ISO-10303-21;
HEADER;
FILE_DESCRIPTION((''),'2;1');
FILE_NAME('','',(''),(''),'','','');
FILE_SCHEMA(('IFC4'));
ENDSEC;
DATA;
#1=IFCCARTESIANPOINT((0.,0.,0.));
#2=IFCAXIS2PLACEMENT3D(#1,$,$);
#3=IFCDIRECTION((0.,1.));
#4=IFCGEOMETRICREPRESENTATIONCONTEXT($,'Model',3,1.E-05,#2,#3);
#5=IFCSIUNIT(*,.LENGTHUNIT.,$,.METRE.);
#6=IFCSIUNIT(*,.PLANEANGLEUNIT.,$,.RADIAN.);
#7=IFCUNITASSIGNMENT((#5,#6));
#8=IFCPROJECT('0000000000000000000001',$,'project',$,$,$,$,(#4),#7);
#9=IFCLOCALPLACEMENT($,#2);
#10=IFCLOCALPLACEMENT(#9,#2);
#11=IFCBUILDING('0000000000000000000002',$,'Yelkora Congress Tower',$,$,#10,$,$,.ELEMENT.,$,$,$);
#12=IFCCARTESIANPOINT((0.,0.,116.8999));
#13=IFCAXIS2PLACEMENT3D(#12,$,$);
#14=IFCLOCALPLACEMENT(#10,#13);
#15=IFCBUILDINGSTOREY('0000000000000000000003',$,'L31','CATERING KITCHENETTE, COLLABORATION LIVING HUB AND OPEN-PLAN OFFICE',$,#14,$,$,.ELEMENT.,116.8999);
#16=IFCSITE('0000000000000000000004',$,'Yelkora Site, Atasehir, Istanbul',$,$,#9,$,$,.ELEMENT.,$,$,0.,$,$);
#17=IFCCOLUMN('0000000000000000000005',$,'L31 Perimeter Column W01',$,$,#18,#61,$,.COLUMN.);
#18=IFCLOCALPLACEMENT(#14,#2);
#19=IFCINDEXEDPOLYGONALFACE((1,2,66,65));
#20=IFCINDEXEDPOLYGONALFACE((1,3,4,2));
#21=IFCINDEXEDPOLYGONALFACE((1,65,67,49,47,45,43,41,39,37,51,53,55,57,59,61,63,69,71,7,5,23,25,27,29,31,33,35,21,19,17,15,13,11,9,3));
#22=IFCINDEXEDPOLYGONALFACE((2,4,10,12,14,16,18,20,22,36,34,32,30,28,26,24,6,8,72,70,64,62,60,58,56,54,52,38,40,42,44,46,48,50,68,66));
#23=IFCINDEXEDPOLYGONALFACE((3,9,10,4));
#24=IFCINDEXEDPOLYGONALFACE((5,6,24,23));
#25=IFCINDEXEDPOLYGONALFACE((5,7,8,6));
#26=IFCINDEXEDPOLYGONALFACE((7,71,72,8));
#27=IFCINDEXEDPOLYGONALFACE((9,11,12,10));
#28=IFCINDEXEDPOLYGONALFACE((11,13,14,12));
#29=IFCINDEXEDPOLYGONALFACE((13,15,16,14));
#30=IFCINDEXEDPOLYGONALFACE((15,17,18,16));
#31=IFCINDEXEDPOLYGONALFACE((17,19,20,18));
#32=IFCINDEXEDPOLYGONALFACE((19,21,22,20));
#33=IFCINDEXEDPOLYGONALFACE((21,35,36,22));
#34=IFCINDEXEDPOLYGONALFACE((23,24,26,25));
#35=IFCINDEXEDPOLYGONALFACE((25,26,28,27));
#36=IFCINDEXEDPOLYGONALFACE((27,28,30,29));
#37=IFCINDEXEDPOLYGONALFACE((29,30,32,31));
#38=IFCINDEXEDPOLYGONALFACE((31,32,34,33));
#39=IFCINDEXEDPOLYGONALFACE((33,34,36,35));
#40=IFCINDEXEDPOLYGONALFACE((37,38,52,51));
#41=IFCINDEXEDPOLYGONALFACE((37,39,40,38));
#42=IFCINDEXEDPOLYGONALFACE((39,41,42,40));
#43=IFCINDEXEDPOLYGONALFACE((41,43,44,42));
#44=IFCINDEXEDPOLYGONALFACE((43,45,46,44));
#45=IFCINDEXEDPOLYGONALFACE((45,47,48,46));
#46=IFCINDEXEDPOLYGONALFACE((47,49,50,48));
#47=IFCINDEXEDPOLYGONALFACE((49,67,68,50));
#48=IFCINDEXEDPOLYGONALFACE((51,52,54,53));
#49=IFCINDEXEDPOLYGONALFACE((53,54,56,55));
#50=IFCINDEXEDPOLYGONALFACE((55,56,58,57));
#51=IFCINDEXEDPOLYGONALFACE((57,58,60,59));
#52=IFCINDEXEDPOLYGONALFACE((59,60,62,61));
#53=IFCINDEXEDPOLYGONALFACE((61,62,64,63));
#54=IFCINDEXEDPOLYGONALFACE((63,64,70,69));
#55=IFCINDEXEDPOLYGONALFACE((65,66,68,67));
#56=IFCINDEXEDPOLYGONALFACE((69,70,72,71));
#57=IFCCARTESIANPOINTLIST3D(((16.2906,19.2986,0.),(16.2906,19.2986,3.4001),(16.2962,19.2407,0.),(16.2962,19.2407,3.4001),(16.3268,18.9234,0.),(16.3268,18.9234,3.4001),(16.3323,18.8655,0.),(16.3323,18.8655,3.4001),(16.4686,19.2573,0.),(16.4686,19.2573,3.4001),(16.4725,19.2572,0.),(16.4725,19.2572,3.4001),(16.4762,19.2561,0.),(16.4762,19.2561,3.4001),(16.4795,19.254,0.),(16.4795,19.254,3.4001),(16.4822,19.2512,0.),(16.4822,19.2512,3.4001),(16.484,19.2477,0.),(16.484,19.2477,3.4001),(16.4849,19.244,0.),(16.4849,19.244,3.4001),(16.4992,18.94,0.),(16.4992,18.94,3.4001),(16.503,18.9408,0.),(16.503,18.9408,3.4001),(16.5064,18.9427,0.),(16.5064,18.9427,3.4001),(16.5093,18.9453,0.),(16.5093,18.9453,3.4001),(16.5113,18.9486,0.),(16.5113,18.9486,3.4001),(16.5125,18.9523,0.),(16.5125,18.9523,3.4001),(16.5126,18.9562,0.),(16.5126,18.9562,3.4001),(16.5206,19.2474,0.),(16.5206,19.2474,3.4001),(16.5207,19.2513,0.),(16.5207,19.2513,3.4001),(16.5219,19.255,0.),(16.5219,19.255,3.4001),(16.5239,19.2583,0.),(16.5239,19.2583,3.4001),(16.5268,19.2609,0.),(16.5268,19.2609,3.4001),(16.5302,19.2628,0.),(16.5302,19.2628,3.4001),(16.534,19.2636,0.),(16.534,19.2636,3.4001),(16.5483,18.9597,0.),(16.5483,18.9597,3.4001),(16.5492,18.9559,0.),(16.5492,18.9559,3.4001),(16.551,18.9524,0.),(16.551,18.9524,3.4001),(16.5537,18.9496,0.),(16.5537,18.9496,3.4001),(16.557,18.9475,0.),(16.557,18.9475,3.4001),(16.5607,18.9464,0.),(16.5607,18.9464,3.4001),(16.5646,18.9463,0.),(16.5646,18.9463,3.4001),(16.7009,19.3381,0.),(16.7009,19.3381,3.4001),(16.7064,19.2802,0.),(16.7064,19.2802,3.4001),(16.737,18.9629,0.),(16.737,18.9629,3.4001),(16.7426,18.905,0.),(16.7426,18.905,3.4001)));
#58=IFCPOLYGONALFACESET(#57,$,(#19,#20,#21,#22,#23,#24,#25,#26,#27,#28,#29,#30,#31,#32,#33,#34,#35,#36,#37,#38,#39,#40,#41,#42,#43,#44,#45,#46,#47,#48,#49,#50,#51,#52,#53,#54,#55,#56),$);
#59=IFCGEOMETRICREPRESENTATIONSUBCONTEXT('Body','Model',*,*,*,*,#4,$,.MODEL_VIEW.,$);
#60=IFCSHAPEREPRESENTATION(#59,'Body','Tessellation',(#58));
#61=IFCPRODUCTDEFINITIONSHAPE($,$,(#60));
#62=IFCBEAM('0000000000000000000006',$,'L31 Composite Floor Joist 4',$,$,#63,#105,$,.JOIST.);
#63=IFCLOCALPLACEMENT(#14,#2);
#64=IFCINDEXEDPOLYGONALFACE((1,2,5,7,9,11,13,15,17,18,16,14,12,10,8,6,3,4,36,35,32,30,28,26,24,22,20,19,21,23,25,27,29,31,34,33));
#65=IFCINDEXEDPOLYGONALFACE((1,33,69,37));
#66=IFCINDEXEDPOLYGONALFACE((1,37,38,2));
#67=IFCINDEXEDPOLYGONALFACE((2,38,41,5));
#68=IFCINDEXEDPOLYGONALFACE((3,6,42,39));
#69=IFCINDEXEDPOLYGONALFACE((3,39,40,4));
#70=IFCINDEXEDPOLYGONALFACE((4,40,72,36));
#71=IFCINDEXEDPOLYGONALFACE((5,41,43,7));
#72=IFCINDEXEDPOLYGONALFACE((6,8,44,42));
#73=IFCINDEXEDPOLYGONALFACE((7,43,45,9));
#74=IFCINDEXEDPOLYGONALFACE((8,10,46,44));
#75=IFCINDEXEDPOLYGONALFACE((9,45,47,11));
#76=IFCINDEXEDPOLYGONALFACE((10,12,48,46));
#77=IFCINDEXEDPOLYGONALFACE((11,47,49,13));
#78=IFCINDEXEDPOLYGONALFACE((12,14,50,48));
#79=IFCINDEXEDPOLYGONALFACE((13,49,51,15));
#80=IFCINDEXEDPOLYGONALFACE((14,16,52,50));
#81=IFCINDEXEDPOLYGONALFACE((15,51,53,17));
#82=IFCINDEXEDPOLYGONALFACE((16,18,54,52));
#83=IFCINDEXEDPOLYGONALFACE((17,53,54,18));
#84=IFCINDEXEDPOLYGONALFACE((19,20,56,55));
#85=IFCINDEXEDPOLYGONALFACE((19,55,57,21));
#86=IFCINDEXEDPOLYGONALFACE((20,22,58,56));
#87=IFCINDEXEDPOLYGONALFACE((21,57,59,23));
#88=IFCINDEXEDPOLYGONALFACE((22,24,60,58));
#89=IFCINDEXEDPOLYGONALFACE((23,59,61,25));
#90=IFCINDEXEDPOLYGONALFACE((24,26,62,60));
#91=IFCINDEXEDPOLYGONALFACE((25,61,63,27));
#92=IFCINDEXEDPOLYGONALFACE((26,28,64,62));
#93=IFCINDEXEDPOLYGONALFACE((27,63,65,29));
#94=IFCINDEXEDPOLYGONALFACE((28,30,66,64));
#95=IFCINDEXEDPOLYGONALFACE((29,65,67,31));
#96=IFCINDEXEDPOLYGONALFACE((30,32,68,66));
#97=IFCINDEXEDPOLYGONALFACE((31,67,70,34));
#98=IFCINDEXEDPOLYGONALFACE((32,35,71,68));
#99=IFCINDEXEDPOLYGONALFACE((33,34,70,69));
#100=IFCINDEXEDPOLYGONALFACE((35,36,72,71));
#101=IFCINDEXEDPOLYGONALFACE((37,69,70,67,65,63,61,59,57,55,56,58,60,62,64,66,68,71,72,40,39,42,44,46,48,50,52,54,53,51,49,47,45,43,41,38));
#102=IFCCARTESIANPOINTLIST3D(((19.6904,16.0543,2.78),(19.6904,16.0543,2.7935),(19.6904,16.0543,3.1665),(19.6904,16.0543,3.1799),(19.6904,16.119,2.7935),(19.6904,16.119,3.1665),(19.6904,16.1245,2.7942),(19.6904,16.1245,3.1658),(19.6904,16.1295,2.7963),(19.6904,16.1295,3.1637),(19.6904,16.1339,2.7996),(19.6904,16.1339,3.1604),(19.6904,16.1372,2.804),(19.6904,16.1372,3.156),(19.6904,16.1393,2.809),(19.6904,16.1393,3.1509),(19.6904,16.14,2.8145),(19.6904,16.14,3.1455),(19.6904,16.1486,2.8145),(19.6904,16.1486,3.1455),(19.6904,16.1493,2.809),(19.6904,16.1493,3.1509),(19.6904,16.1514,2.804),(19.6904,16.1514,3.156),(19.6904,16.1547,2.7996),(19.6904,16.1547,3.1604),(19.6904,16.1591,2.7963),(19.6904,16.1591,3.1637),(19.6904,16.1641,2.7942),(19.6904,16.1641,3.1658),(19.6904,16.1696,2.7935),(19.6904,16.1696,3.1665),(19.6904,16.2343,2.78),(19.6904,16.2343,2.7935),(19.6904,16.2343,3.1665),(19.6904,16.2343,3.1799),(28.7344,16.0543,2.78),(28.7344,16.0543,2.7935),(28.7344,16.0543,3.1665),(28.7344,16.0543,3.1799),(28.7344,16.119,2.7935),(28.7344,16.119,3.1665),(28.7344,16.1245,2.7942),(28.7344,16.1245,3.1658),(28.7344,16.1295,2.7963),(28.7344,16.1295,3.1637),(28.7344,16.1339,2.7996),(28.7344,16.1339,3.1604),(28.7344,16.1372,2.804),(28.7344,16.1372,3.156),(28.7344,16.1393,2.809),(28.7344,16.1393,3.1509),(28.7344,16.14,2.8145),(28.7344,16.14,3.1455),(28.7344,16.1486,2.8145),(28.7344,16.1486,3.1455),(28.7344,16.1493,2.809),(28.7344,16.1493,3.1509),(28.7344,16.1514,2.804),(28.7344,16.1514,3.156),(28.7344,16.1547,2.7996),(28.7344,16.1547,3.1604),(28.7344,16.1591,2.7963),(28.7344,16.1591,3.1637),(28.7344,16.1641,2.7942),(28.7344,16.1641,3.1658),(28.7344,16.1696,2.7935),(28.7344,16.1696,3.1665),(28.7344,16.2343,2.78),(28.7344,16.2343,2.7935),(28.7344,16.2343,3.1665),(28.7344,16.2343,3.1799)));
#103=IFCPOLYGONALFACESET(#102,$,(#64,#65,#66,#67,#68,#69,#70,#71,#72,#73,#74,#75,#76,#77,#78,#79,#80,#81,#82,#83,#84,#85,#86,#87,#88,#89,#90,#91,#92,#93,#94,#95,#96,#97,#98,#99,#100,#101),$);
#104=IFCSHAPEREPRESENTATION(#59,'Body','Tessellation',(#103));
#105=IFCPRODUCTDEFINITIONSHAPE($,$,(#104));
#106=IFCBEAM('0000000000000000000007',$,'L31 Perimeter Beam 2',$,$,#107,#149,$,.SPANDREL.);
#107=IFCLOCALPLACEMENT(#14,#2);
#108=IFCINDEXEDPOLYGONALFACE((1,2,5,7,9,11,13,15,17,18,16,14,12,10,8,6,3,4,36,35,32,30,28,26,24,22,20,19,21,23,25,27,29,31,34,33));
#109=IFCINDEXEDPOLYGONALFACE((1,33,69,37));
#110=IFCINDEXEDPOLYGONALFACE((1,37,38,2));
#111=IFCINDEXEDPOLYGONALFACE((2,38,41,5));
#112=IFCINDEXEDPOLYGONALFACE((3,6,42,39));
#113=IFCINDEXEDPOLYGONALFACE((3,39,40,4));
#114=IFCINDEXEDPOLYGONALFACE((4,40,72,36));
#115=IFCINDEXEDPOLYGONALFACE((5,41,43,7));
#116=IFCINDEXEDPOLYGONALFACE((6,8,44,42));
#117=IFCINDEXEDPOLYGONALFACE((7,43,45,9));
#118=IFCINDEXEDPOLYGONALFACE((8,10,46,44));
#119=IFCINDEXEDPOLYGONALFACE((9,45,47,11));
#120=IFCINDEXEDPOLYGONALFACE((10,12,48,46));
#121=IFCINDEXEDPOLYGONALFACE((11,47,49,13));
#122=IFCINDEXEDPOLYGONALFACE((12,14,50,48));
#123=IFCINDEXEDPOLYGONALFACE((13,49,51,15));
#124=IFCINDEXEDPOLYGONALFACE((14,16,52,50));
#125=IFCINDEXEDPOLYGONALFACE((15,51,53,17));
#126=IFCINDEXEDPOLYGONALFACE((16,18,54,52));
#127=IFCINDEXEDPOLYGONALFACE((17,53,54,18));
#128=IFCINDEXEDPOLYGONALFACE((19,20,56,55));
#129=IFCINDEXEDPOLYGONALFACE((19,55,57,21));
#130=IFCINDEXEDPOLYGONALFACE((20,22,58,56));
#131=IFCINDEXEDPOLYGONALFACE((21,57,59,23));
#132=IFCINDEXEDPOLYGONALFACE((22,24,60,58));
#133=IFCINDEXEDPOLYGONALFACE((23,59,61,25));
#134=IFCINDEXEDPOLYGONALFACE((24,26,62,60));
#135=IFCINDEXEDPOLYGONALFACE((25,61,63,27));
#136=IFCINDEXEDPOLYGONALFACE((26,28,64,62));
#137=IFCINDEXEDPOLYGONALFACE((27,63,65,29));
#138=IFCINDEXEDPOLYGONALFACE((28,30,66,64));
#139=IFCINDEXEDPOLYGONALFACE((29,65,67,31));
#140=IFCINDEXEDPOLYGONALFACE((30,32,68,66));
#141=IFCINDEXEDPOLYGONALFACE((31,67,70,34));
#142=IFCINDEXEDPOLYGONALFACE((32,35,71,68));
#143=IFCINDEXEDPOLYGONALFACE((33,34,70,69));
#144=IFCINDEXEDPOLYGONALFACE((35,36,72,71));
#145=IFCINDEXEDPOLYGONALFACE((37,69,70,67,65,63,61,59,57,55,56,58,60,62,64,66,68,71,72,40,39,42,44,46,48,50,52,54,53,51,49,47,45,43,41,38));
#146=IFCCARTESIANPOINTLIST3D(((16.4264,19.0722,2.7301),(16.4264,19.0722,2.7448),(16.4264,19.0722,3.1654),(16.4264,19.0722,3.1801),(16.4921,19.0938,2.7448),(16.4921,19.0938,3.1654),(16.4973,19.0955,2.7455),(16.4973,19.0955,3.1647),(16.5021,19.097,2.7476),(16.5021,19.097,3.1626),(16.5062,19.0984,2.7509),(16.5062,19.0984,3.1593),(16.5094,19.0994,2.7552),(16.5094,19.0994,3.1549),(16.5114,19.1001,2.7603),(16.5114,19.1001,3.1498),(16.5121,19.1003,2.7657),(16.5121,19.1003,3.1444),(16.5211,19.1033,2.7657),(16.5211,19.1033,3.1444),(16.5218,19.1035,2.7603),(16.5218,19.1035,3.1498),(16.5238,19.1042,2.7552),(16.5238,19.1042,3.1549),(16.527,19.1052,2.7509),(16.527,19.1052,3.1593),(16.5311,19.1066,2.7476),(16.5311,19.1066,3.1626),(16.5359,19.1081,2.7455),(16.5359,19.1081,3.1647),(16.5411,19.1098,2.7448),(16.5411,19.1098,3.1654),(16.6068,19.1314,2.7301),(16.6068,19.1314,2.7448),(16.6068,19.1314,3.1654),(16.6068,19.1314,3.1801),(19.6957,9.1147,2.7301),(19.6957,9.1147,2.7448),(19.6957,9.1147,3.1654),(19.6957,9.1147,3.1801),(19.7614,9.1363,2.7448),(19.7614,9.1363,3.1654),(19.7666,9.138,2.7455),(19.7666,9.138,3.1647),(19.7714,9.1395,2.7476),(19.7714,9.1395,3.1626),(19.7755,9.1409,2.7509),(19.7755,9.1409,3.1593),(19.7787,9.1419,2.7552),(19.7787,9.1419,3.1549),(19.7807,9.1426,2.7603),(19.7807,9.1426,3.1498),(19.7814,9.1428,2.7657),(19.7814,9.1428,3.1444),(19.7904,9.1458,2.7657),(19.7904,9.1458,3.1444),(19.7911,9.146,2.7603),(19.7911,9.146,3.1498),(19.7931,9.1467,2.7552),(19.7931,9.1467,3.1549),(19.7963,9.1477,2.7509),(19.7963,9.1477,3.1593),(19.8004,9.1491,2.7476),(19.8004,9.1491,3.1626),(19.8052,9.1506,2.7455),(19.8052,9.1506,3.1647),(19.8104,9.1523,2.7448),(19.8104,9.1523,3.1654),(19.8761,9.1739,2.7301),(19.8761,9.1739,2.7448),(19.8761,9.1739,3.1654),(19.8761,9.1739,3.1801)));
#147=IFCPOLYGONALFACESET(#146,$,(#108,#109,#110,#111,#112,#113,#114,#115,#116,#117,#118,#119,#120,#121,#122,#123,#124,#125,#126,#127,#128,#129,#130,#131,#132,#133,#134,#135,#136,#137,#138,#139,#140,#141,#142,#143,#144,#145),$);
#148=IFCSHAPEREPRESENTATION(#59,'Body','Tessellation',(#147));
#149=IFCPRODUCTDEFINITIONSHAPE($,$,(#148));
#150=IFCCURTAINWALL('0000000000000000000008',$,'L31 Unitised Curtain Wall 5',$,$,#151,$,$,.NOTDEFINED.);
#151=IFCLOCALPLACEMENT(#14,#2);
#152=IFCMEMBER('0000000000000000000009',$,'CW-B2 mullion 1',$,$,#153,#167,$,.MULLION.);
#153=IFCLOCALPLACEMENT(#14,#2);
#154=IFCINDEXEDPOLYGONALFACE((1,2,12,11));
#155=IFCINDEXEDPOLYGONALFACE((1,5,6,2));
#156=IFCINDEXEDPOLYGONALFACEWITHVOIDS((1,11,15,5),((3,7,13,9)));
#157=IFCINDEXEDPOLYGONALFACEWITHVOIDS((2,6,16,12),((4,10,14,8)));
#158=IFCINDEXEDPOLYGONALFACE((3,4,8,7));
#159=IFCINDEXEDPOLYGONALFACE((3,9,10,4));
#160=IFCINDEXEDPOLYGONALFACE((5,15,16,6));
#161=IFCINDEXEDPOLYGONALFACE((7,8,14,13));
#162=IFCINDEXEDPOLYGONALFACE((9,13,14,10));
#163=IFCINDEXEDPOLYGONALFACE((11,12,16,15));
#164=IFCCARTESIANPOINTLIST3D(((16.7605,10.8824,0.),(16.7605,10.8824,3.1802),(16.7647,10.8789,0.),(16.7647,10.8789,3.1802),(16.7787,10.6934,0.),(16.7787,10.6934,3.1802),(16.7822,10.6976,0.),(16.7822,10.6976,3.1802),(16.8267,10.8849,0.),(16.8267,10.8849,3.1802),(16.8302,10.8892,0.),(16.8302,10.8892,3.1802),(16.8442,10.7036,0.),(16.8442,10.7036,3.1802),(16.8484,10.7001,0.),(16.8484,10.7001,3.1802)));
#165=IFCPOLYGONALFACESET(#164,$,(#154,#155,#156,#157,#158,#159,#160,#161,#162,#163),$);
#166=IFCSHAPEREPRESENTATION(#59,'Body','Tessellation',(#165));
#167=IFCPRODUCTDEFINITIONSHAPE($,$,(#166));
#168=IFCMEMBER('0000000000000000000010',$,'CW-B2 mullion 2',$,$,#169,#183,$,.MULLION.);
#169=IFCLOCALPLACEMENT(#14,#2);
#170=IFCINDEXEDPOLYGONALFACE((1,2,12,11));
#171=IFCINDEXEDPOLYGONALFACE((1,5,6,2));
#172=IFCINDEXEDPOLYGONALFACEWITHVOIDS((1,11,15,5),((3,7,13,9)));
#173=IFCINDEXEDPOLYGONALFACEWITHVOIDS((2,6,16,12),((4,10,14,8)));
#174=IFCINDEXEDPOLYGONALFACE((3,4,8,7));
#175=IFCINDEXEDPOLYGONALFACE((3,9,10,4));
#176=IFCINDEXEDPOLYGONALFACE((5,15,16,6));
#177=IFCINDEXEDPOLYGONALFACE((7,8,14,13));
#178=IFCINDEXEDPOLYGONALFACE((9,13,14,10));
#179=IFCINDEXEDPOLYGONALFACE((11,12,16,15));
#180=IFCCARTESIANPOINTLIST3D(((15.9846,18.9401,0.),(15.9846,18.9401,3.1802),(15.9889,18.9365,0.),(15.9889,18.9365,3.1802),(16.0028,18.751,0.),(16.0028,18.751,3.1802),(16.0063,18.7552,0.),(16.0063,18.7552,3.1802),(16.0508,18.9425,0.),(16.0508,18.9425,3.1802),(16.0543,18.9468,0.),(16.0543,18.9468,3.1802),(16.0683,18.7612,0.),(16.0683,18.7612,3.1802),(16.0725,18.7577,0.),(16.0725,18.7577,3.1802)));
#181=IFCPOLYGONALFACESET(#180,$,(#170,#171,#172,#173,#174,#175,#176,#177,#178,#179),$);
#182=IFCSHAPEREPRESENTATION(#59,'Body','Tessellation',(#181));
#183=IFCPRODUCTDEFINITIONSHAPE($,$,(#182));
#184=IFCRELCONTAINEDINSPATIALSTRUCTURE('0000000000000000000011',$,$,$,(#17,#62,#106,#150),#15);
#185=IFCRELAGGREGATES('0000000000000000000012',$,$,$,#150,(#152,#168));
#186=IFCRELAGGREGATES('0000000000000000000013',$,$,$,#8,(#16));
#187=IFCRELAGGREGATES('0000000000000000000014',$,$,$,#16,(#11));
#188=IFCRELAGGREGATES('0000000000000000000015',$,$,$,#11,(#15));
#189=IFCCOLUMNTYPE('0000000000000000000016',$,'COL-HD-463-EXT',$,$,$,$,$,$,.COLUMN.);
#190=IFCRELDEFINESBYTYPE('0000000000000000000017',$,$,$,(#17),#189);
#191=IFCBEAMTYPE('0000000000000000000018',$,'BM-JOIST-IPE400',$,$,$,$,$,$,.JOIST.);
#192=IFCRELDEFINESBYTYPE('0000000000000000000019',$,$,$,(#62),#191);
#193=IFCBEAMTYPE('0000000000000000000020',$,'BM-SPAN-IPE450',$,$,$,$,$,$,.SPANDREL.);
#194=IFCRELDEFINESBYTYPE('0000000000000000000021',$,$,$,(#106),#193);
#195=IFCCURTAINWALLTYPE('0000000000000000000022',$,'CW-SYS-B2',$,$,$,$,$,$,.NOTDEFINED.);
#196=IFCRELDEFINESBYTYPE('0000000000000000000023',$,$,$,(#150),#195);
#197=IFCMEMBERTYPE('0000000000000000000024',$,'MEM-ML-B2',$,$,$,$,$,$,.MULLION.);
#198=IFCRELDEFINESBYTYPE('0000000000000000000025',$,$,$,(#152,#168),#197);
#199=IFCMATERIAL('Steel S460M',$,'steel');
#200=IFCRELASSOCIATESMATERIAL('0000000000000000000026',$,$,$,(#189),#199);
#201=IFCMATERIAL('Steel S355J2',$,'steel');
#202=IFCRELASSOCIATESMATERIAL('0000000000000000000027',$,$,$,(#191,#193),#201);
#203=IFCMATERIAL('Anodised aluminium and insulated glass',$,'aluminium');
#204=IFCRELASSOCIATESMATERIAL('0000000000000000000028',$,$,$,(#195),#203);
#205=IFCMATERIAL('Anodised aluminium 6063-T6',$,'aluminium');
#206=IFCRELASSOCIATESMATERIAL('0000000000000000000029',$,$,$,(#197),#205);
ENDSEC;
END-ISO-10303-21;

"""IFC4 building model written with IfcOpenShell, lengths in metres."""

from ifc_helpers import new_model, si_unit, direction, frame, origin, origin_2d, place, context, subcontext, project, spatial, hollow_rectangle, i_section, extrude, material, material_profile, profile_set, type_object, element, aggregate, save


model = new_model("IFC4")

# Units and contexts
model_context = context("Model", 3, precision=1e-05, world=origin(), true_north=direction((0.0, 1.0)))
body_context = subcontext(model_context, "Body", "Model", "MODEL_VIEW")
ifc_project = project(units=[si_unit("LENGTHUNIT", "METRE"), si_unit("PLANEANGLEUNIT", "RADIAN")], contexts=[model_context])

# Site, building, storey
site_placement = place(None, origin())
site = spatial("IfcSite", under=ifc_project, at=site_placement, Name="Yelkora Site, Atasehir, Istanbul", CompositionType="ELEMENT", RefElevation=0.0)
building_placement = place(site_placement, origin())
building = spatial("IfcBuilding", under=site, at=building_placement, Name="Yelkora Congress Tower", CompositionType="ELEMENT")
storey_placement = place(building_placement, frame((0.0, 0.0, 116.8999)))
storey = spatial("IfcBuildingStorey", under=building, at=storey_placement, Name="L31", Description="CATERING KITCHENETTE, COLLABORATION LIVING HUB AND OPEN-PLAN OFFICE", CompositionType="ELEMENT", Elevation=116.8999)

# Column
ifc_material_1 = material(Name="Steel S460M", Category="steel")
ifc_material_profile_1 = material_profile(ifc_material_1, i_section(OverallWidth=0.4121, OverallDepth=0.4351, WebThickness=0.0359, FlangeThickness=0.0581, FilletRadius=0.0149, at=origin_2d()), Name="HD 400x463")
ifc_profile_set_1 = profile_set([ifc_material_profile_1], Name="Steel S460M")
column_type = type_object("IfcColumnType", Name="COL-HD-463-EXT", PredefinedType="COLUMN", material=ifc_profile_set_1)
column_placement = place(storey_placement, frame((16.5166, 19.1018, 0.0), z_axis=(0.0, 0.0, 1.0), x_axis=(0.995396, 0.095846, 0.0)))
element("IfcColumn", 1, at=column_placement, inside=storey, type_object=column_type, Name="L31 Perimeter Column W01", PredefinedType="COLUMN", context=body_context, shape_type="SweptSolid", body=[
    extrude(i_section(OverallWidth=0.4121, OverallDepth=0.4351, WebThickness=0.0359, FlangeThickness=0.0581, FilletRadius=0.0149, at=origin_2d()), origin(), (0.0, 0.0, 1.0), 3.4001),
])

# Beams
ifc_material_2 = material(Name="Steel S355J2", Category="steel")
ifc_material_profile_2 = material_profile(ifc_material_2, i_section(OverallWidth=0.1799, OverallDepth=0.3999, WebThickness=0.0085, FlangeThickness=0.0134, FilletRadius=0.021, at=origin_2d()), Name="IPE 400")
ifc_profile_set_2 = profile_set([ifc_material_profile_2], Name="Steel S355J2")
beam_type_1 = type_object("IfcBeamType", Name="BM-JOIST-IPE400", PredefinedType="JOIST", material=ifc_profile_set_2)
beam_1_placement = place(storey_placement, frame((19.6904, 16.1443, 2.98), z_axis=(1.0, 0.0, 0.0), x_axis=(0.0, 1.0, 0.0)))
element("IfcBeam", 2, at=beam_1_placement, inside=storey, type_object=beam_type_1, Name="L31 Composite Floor Joist 4", PredefinedType="JOIST", context=body_context, shape_type="SweptSolid", body=[
    extrude(i_section(OverallWidth=0.1799, OverallDepth=0.3999, WebThickness=0.0085, FlangeThickness=0.0134, FilletRadius=0.021, at=origin_2d()), origin(), (0.0, 0.0, 1.0), 9.0439),
])
ifc_material_profile_3 = material_profile(ifc_material_2, i_section(OverallWidth=0.1899, OverallDepth=0.45, WebThickness=0.0095, FlangeThickness=0.0146, FilletRadius=0.021, at=origin_2d()), Name="IPE 450")
ifc_profile_set_3 = profile_set([ifc_material_profile_3], Name="Steel S355J2")
beam_type_2 = type_object("IfcBeamType", Name="BM-SPAN-IPE450", PredefinedType="SPANDREL", material=ifc_profile_set_3)
beam_2_placement = place(storey_placement, frame((16.5166, 19.1018, 2.9551), z_axis=(0.311941, -0.950102, 0.0), x_axis=(0.950102, 0.311941, 0.0)))
element("IfcBeam", 3, at=beam_2_placement, inside=storey, type_object=beam_type_2, Name="L31 Perimeter Beam 2", PredefinedType="SPANDREL", context=body_context, shape_type="SweptSolid", body=[
    extrude(i_section(OverallWidth=0.1899, OverallDepth=0.45, WebThickness=0.0095, FlangeThickness=0.0146, FilletRadius=0.021, at=origin_2d()), origin(), (0.0, 0.0, 1.0), 10.4805),
])

# Curtain wall, members
ifc_material_3 = material(Name="Anodised aluminium and insulated glass", Category="aluminium")
curtain_wall_type = type_object("IfcCurtainWallType", Name="CW-SYS-B2", PredefinedType="NOTDEFINED", material=ifc_material_3)
curtain_wall_1_placement = place(storey_placement, origin())
curtain_wall_1 = element("IfcCurtainWall", 4, at=curtain_wall_1_placement, inside=storey, type_object=curtain_wall_type, Name="L31 Unitised Curtain Wall 5", PredefinedType="NOTDEFINED")
ifc_material_4 = material(Name="Anodised aluminium 6063-T6", Category="aluminium")
ifc_material_profile_4 = material_profile(ifc_material_4, hollow_rectangle(XDim=0.0701, YDim=0.1899, WallThickness=0.0039, at=origin_2d()), Name="ALU 70x190x4")
ifc_profile_set_4 = profile_set([ifc_material_profile_4], Name="Anodised aluminium 6063-T6")
member_type_1 = type_object("IfcMemberType", Name="MEM-ML-B2", PredefinedType="MULLION", material=ifc_profile_set_4)
member_1_placement = place(storey_placement, frame((16.8044, 10.7913, 0.0), z_axis=(0.0, 0.0, 1.0), x_axis=(-0.995397, -0.095843, 0.0)))
member_1 = element("IfcMember", 5, at=member_1_placement, type_object=member_type_1, Name="CW-B2 mullion 1", PredefinedType="MULLION", context=body_context, shape_type="SweptSolid", body=[
    extrude(hollow_rectangle(XDim=0.0701, YDim=0.1899, WallThickness=0.0039, at=origin_2d()), origin(), (0.0, 0.0, 1.0), 3.1802),
])
member_2_placement = place(storey_placement, frame((16.0286, 18.8489, 0.0), z_axis=(0.0, 0.0, 1.0), x_axis=(-0.995397, -0.095843, 0.0)))
member_2 = element("IfcMember", 6, at=member_2_placement, type_object=member_type_1, Name="CW-B2 mullion 2", PredefinedType="MULLION", context=body_context, shape_type="SweptSolid", body=[
    extrude(hollow_rectangle(XDim=0.0701, YDim=0.1899, WallThickness=0.0039, at=origin_2d()), origin(), (0.0, 0.0, 1.0), 3.1802),
])

aggregate(curtain_wall_1, [member_1, member_2])

save(model, "model.ifc")
